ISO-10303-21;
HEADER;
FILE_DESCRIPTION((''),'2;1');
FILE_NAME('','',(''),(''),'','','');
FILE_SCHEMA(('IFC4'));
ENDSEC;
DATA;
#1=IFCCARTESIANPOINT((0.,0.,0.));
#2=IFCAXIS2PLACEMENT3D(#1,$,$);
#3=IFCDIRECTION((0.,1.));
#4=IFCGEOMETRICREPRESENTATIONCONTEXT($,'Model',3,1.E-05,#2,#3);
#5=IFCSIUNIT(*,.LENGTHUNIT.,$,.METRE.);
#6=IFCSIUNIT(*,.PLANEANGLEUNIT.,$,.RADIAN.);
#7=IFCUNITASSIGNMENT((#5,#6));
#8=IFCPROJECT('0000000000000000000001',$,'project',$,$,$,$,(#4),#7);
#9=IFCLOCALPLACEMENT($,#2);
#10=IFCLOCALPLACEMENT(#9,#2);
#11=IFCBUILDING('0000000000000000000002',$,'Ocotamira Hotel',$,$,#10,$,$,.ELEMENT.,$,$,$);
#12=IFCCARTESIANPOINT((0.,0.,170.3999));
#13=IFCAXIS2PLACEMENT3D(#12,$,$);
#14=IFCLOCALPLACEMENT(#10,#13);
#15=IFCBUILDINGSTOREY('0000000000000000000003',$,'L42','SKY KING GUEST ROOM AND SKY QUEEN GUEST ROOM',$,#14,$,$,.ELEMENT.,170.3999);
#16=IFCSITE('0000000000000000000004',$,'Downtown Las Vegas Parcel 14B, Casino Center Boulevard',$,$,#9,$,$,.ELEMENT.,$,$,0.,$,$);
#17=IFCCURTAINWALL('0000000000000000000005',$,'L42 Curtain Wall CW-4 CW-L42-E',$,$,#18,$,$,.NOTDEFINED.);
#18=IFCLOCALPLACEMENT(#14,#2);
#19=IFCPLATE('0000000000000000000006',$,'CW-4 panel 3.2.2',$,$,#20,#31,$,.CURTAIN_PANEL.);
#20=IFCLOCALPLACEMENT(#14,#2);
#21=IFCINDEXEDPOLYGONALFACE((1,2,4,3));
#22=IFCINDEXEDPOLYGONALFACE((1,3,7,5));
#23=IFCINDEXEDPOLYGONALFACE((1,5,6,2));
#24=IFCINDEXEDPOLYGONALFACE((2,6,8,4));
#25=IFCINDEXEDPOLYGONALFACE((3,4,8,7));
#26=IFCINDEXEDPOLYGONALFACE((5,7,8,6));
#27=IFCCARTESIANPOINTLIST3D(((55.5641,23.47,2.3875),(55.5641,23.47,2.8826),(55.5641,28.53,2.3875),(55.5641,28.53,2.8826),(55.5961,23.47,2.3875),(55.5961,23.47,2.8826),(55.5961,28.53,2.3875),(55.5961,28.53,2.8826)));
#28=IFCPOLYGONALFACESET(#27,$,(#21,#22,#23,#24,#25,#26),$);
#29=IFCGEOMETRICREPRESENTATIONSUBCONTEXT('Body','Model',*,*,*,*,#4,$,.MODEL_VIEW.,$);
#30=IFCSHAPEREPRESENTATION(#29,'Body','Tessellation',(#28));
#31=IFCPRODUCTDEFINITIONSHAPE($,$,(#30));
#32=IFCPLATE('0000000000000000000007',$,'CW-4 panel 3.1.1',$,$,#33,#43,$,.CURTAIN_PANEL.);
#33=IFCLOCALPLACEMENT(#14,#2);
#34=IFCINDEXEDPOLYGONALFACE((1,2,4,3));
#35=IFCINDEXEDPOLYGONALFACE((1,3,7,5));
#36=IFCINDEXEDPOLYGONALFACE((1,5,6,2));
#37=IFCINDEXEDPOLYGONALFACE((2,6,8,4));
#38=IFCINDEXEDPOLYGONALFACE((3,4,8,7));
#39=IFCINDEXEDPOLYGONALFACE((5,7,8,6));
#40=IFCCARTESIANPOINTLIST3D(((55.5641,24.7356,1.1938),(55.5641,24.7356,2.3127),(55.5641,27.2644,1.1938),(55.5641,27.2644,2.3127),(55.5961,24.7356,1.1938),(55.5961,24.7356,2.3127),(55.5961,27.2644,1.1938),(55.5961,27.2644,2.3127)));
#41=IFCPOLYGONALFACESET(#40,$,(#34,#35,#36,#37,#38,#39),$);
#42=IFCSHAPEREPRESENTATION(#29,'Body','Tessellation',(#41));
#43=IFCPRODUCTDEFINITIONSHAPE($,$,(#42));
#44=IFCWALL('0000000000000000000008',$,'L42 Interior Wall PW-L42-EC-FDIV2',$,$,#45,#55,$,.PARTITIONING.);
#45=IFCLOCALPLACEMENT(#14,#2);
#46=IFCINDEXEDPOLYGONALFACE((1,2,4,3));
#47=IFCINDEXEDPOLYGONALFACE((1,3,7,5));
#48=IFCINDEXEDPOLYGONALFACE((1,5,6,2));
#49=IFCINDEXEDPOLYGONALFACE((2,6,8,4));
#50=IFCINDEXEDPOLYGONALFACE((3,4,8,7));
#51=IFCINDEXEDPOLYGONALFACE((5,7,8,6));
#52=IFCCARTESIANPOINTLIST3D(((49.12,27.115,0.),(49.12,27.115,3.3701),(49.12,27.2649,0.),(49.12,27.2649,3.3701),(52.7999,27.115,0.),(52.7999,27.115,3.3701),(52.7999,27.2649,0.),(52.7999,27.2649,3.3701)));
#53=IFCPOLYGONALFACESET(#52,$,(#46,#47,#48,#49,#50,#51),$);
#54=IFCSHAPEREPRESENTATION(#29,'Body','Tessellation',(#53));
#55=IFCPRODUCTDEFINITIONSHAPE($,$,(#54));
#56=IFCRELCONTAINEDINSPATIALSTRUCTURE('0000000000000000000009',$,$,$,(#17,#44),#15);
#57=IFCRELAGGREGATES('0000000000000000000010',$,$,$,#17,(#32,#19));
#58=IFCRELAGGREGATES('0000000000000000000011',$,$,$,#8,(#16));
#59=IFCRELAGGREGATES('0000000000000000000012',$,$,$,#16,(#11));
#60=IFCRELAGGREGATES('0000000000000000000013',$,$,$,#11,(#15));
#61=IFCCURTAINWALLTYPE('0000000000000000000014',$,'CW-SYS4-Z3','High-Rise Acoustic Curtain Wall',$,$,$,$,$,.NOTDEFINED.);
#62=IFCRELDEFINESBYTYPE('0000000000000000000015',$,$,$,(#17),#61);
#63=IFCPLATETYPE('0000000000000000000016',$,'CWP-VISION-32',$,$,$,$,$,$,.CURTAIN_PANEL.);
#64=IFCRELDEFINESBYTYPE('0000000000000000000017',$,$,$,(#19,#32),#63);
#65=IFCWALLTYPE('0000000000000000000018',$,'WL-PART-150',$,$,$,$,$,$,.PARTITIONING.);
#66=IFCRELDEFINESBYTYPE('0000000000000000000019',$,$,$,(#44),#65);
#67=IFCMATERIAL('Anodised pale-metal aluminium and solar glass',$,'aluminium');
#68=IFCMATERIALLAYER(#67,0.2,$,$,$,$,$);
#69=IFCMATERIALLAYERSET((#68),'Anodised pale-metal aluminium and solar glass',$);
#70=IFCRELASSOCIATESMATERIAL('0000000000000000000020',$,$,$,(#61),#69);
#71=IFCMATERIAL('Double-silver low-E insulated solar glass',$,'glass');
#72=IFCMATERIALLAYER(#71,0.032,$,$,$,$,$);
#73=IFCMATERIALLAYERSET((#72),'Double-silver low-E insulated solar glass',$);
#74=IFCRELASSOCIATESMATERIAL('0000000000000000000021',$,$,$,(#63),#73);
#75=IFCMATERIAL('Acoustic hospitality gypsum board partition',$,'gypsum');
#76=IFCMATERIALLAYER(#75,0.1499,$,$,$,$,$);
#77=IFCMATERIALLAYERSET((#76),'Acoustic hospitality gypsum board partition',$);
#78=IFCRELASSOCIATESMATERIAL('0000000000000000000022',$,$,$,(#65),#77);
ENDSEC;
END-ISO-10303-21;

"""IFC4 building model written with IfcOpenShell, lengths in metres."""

from ifc_helpers import new_model, si_unit, direction, frame, frame_2d, origin, origin_2d, place, context, subcontext, project, spatial, rectangle, extrude, source, transform, mapped, material, layer, layer_set, type_object, element, aggregate, save


model = new_model("IFC4")

# Units and contexts
model_context = context("Model", 3, precision=1e-05, world=origin(), true_north=direction((0.0, 1.0)))
body_context = subcontext(model_context, "Body", "Model", "MODEL_VIEW")
ifc_project = project(units=[si_unit("LENGTHUNIT", "METRE"), si_unit("PLANEANGLEUNIT", "RADIAN")], contexts=[model_context])

# Site, building, storey
site_placement = place(None, origin())
site = spatial("IfcSite", under=ifc_project, at=site_placement, Name="Downtown Las Vegas Parcel 14B, Casino Center Boulevard", CompositionType="ELEMENT", RefElevation=0.0)
building_placement = place(site_placement, origin())
building = spatial("IfcBuilding", under=site, at=building_placement, Name="Ocotamira Hotel", CompositionType="ELEMENT")
storey_placement = place(building_placement, frame((0.0, 0.0, 170.3999)))
storey = spatial("IfcBuildingStorey", under=building, at=storey_placement, Name="L42", Description="SKY KING GUEST ROOM AND SKY QUEEN GUEST ROOM", CompositionType="ELEMENT", Elevation=170.3999)

# Curtain wall, plates
ifc_material_1 = material(Name="Anodised pale-metal aluminium and solar glass", Category="aluminium")
ifc_layer_1 = layer(ifc_material_1, 0.2)
ifc_layer_set_1 = layer_set([ifc_layer_1], Name="Anodised pale-metal aluminium and solar glass")
curtain_wall_type = type_object("IfcCurtainWallType", Name="CW-SYS4-Z3", Description="High-Rise Acoustic Curtain Wall", PredefinedType="NOTDEFINED", material=ifc_layer_set_1)
curtain_wall_placement = place(storey_placement, origin())
curtain_wall = element("IfcCurtainWall", 1, at=curtain_wall_placement, inside=storey, type_object=curtain_wall_type, Name="L42 Curtain Wall CW-4 CW-L42-E", PredefinedType="NOTDEFINED")
ifc_material_2 = material(Name="Double-silver low-E insulated solar glass", Category="glass")
ifc_layer_2 = layer(ifc_material_2, 0.032)
ifc_layer_set_2 = layer_set([ifc_layer_2], Name="Double-silver low-E insulated solar glass")
plate_type = type_object("IfcPlateType", Name="CWP-VISION-32", PredefinedType="CURTAIN_PANEL", material=ifc_layer_set_2)
shared_shape_1 = source(origin(), body_context, "Body", "SweptSolid", [
    extrude(rectangle(XDim=5.0601, YDim=0.032, at=origin_2d()), origin(), (0.0, 0.0, 1.0), 0.4951),
])
plate_1_placement = place(storey_placement, frame((55.5801, 26.0, 2.3875), z_axis=(0.0, 0.0, 1.0), x_axis=(0.0, 1.0, 0.0)))
plate_1 = element("IfcPlate", 2, at=plate_1_placement, type_object=plate_type, Name="CW-4 panel 3.2.2", PredefinedType="CURTAIN_PANEL", context=body_context, shape_type="MappedRepresentation", body=[
    mapped(shared_shape_1, transform((0.0, 0.0, 0.0), scale=1.0)),
])
shared_shape_2 = source(origin(), body_context, "Body", "SweptSolid", [
    extrude(rectangle(XDim=2.5288, YDim=0.032, at=origin_2d()), origin(), (0.0, 0.0, 1.0), 1.1189),
])
plate_2_placement = place(storey_placement, frame((55.5801, 26.0, 1.1938), z_axis=(0.0, 0.0, 1.0), x_axis=(0.0, 1.0, 0.0)))
plate_2 = element("IfcPlate", 3, at=plate_2_placement, type_object=plate_type, Name="CW-4 panel 3.1.1", PredefinedType="CURTAIN_PANEL", context=body_context, shape_type="MappedRepresentation", body=[
    mapped(shared_shape_2, transform((0.0, 0.0, 0.0), scale=1.0)),
])
aggregate(curtain_wall, [plate_2, plate_1])

# Wall
ifc_material_3 = material(Name="Acoustic hospitality gypsum board partition", Category="gypsum")
ifc_layer_3 = layer(ifc_material_3, 0.1499)
ifc_layer_set_3 = layer_set([ifc_layer_3], Name="Acoustic hospitality gypsum board partition")
wall_type = type_object("IfcWallType", Name="WL-PART-150", PredefinedType="PARTITIONING", material=ifc_layer_set_3)
wall_placement = place(storey_placement, frame((49.1201, 27.1899, 0.0), z_axis=(0.0, 0.0, 1.0), x_axis=(1.0, 0.0, 0.0)))
element("IfcWall", 4, at=wall_placement, inside=storey, type_object=wall_type, Name="L42 Interior Wall PW-L42-EC-FDIV2", PredefinedType="PARTITIONING", context=body_context, shape_type="SweptSolid", body=[
    extrude(rectangle(XDim=3.6799, YDim=0.1499, at=frame_2d((1.8398, 0.0))), origin(), (0.0, 0.0, 1.0), 3.3701),
])

save(model, "model.ifc")
